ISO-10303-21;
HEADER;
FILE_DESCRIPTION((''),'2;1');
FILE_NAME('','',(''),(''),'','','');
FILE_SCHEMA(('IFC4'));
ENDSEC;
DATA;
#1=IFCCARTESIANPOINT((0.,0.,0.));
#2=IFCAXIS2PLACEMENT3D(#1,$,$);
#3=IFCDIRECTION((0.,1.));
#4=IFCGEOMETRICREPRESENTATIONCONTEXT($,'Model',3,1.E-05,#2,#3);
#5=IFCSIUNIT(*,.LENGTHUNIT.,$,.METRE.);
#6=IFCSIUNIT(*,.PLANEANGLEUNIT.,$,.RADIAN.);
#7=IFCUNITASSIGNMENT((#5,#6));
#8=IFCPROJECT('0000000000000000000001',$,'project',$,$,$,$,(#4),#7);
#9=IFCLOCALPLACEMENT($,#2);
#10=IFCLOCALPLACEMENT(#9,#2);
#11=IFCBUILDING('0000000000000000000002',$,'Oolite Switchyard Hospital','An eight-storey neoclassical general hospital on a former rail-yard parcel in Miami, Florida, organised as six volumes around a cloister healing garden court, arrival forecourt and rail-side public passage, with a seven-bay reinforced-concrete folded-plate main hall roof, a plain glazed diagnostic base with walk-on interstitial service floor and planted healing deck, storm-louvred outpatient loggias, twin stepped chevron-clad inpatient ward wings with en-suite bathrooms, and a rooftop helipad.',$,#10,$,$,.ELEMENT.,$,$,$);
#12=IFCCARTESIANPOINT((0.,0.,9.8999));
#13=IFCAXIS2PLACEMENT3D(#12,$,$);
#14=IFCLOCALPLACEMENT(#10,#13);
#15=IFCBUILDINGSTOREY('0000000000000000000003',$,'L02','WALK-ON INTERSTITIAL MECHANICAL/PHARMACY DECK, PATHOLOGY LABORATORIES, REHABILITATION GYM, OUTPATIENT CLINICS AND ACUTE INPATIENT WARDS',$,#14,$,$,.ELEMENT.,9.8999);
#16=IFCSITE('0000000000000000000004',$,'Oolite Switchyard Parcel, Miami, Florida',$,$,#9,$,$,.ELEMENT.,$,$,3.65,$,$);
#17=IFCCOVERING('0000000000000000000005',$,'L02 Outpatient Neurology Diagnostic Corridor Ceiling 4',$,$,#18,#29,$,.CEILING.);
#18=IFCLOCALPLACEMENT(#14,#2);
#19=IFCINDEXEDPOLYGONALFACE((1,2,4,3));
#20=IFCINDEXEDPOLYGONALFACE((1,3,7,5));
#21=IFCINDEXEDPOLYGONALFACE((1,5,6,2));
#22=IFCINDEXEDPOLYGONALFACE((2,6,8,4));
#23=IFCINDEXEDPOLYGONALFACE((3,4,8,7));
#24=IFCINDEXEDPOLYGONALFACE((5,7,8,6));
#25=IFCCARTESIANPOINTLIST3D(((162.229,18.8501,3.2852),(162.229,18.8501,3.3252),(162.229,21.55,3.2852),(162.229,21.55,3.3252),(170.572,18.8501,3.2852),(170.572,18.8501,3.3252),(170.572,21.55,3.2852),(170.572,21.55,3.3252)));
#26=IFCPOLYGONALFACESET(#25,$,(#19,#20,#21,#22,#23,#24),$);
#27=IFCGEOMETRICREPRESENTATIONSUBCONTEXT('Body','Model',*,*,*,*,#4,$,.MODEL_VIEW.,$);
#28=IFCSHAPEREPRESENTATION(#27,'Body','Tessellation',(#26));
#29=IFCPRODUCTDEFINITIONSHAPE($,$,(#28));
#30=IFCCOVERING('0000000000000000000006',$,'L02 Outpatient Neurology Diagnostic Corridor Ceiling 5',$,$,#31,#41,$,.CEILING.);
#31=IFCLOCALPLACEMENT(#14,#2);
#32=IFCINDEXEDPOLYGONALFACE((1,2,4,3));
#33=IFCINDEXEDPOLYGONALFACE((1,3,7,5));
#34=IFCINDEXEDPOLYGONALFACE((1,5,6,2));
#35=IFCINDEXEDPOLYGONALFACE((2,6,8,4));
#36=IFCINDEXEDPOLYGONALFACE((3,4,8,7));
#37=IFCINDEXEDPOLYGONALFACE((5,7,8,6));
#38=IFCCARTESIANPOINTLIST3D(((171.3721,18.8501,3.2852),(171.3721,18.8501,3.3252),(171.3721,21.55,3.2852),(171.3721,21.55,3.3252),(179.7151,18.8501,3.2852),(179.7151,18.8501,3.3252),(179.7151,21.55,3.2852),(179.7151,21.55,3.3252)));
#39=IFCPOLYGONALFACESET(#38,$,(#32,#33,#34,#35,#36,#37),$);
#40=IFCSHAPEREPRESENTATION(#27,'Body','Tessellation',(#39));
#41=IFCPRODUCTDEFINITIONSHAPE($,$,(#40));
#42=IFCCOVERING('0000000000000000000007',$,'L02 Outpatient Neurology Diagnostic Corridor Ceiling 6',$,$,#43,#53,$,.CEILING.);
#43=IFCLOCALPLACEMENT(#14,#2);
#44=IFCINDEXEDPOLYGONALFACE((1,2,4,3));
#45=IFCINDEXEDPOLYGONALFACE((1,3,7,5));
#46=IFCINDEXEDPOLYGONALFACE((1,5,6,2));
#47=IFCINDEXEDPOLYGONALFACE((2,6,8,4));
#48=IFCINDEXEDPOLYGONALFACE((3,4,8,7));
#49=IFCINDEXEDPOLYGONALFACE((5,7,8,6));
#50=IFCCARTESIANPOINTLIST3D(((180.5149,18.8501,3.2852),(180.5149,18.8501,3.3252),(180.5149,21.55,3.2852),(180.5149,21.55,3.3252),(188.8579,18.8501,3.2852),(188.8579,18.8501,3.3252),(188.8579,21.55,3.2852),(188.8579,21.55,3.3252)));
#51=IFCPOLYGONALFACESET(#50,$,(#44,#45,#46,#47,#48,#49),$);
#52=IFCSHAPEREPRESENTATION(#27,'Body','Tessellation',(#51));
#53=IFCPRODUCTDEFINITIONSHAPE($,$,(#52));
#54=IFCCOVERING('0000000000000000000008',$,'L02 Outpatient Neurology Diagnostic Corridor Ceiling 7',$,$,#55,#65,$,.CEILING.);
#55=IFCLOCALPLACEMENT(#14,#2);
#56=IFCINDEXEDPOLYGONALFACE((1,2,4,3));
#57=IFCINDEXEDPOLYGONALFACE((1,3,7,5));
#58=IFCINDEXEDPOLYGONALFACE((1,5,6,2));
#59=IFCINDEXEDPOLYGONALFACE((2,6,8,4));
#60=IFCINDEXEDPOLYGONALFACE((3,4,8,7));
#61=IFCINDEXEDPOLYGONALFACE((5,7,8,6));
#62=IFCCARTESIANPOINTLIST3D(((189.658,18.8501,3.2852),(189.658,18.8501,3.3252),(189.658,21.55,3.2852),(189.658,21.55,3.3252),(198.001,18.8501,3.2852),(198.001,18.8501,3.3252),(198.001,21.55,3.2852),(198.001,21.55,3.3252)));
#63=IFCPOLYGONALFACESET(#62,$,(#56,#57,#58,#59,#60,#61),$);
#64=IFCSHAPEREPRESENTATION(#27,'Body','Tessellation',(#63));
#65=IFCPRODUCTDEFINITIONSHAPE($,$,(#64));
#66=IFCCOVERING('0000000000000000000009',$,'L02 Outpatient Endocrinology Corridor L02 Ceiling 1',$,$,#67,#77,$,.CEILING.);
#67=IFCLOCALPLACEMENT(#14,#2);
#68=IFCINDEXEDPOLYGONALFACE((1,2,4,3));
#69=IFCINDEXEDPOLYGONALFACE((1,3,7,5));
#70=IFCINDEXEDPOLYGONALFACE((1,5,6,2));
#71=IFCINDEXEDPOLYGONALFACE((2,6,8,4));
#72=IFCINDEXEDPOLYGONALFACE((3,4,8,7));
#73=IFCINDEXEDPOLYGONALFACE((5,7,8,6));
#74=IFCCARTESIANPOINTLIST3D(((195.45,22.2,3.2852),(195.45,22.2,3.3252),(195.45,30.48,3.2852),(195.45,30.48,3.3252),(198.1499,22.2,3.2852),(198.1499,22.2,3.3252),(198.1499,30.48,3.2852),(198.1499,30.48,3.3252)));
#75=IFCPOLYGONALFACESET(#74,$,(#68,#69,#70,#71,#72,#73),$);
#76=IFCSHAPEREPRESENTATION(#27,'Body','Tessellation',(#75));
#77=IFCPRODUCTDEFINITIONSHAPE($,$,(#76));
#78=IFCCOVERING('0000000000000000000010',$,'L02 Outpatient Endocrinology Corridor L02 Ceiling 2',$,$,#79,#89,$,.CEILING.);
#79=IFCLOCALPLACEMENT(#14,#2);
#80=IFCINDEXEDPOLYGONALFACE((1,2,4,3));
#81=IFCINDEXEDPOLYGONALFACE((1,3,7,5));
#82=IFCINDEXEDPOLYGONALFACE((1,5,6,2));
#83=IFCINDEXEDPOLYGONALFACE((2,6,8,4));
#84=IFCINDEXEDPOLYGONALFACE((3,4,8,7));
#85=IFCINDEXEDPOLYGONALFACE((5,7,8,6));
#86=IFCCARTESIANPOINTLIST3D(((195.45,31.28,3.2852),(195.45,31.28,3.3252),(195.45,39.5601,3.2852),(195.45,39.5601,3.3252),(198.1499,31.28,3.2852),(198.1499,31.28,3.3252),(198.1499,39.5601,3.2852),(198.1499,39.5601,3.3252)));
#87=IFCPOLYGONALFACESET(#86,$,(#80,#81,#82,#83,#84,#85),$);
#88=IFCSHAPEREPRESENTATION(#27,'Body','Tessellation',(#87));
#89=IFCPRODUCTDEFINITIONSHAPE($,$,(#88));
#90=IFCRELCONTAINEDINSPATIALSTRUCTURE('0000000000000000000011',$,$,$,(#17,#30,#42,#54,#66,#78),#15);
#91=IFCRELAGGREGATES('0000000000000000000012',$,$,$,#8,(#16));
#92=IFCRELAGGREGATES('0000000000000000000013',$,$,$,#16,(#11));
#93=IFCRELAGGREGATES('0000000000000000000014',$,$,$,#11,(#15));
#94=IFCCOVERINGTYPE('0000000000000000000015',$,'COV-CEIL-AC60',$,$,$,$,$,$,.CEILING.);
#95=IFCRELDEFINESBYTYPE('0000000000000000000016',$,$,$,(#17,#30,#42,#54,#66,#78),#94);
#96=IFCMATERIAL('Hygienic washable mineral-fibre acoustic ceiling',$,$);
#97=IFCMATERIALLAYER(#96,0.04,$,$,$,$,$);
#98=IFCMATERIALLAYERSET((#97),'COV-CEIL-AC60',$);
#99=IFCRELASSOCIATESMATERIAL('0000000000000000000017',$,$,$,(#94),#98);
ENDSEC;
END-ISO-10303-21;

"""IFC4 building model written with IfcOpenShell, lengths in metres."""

from ifc_helpers import new_model, si_unit, direction, frame, origin, place, context, subcontext, project, spatial, polyline, outline, extrude, material, layer, layer_set, type_object, element, save


model = new_model("IFC4")

# Units and contexts
model_context = context("Model", 3, precision=1e-05, world=origin(), true_north=direction((0.0, 1.0)))
body_context = subcontext(model_context, "Body", "Model", "MODEL_VIEW")
ifc_project = project(units=[si_unit("LENGTHUNIT", "METRE"), si_unit("PLANEANGLEUNIT", "RADIAN")], contexts=[model_context])

# Site, building, storey
site_placement = place(None, origin())
site = spatial("IfcSite", under=ifc_project, at=site_placement, Name="Oolite Switchyard Parcel, Miami, Florida", CompositionType="ELEMENT", RefElevation=3.65)
building_placement = place(site_placement, origin())
building = spatial("IfcBuilding", under=site, at=building_placement, Name="Oolite Switchyard Hospital", Description="An eight-storey neoclassical general hospital on a former rail-yard parcel in Miami, Florida, organised as six volumes around a cloister healing garden court, arrival forecourt and rail-side public passage, with a seven-bay reinforced-concrete folded-plate main hall roof, a plain glazed diagnostic base with walk-on interstitial service floor and planted healing deck, storm-louvred outpatient loggias, twin stepped chevron-clad inpatient ward wings with en-suite bathrooms, and a rooftop helipad.", CompositionType="ELEMENT")
storey_placement = place(building_placement, frame((0.0, 0.0, 9.8999)))
storey = spatial("IfcBuildingStorey", under=building, at=storey_placement, Name="L02", Description="WALK-ON INTERSTITIAL MECHANICAL/PHARMACY DECK, PATHOLOGY LABORATORIES, REHABILITATION GYM, OUTPATIENT CLINICS AND ACUTE INPATIENT WARDS", CompositionType="ELEMENT", Elevation=9.8999)

# Coverings
ifc_material = material(Name="Hygienic washable mineral-fibre acoustic ceiling")
ifc_layer = layer(ifc_material, 0.04)
ifc_layer_set = layer_set([ifc_layer], Name="COV-CEIL-AC60")
covering_type = type_object("IfcCoveringType", Name="COV-CEIL-AC60", PredefinedType="CEILING", material=ifc_layer_set)
covering_1_placement = place(storey_placement, frame((0.0, 0.0, 3.2852)))
element("IfcCovering", 1, at=covering_1_placement, inside=storey, type_object=covering_type, Name="L02 Outpatient Neurology Diagnostic Corridor Ceiling 4", PredefinedType="CEILING", context=body_context, shape_type="SweptSolid", body=[
    extrude(outline(polyline([(162.229, 18.8501), (170.572, 18.8501), (170.572, 21.55), (162.229, 21.55), (162.229, 18.8501)])), origin(), (0.0, 0.0, 1.0), 0.04),
])
covering_2_placement = place(storey_placement, frame((0.0, 0.0, 3.2852)))
element("IfcCovering", 2, at=covering_2_placement, inside=storey, type_object=covering_type, Name="L02 Outpatient Neurology Diagnostic Corridor Ceiling 5", PredefinedType="CEILING", context=body_context, shape_type="SweptSolid", body=[
    extrude(outline(polyline([(171.3721, 18.8501), (179.7151, 18.8501), (179.7151, 21.55), (171.3721, 21.55), (171.3721, 18.8501)])), origin(), (0.0, 0.0, 1.0), 0.04),
])
covering_3_placement = place(storey_placement, frame((0.0, 0.0, 3.2852)))
element("IfcCovering", 3, at=covering_3_placement, inside=storey, type_object=covering_type, Name="L02 Outpatient Neurology Diagnostic Corridor Ceiling 6", PredefinedType="CEILING", context=body_context, shape_type="SweptSolid", body=[
    extrude(outline(polyline([(180.5149, 18.8501), (188.8579, 18.8501), (188.8579, 21.55), (180.5149, 21.55), (180.5149, 18.8501)])), origin(), (0.0, 0.0, 1.0), 0.04),
])
covering_4_placement = place(storey_placement, frame((0.0, 0.0, 3.2852)))
element("IfcCovering", 4, at=covering_4_placement, inside=storey, type_object=covering_type, Name="L02 Outpatient Neurology Diagnostic Corridor Ceiling 7", PredefinedType="CEILING", context=body_context, shape_type="SweptSolid", body=[
    extrude(outline(polyline([(189.658, 18.8501), (198.001, 18.8501), (198.001, 21.55), (189.658, 21.55), (189.658, 18.8501)])), origin(), (0.0, 0.0, 1.0), 0.04),
])
covering_5_placement = place(storey_placement, frame((0.0, 0.0, 3.2852)))
element("IfcCovering", 5, at=covering_5_placement, inside=storey, type_object=covering_type, Name="L02 Outpatient Endocrinology Corridor L02 Ceiling 1", PredefinedType="CEILING", context=body_context, shape_type="SweptSolid", body=[
    extrude(outline(polyline([(195.45, 22.2), (198.1499, 22.2), (198.1499, 30.48), (195.45, 30.48), (195.45, 22.2)])), origin(), (0.0, 0.0, 1.0), 0.04),
])
covering_6_placement = place(storey_placement, frame((0.0, 0.0, 3.2852)))
element("IfcCovering", 6, at=covering_6_placement, inside=storey, type_object=covering_type, Name="L02 Outpatient Endocrinology Corridor L02 Ceiling 2", PredefinedType="CEILING", context=body_context, shape_type="SweptSolid", body=[
    extrude(outline(polyline([(195.45, 31.28), (198.1499, 31.28), (198.1499, 39.5601), (195.45, 39.5601), (195.45, 31.28)])), origin(), (0.0, 0.0, 1.0), 0.04),
])

save(model, "model.ifc")
